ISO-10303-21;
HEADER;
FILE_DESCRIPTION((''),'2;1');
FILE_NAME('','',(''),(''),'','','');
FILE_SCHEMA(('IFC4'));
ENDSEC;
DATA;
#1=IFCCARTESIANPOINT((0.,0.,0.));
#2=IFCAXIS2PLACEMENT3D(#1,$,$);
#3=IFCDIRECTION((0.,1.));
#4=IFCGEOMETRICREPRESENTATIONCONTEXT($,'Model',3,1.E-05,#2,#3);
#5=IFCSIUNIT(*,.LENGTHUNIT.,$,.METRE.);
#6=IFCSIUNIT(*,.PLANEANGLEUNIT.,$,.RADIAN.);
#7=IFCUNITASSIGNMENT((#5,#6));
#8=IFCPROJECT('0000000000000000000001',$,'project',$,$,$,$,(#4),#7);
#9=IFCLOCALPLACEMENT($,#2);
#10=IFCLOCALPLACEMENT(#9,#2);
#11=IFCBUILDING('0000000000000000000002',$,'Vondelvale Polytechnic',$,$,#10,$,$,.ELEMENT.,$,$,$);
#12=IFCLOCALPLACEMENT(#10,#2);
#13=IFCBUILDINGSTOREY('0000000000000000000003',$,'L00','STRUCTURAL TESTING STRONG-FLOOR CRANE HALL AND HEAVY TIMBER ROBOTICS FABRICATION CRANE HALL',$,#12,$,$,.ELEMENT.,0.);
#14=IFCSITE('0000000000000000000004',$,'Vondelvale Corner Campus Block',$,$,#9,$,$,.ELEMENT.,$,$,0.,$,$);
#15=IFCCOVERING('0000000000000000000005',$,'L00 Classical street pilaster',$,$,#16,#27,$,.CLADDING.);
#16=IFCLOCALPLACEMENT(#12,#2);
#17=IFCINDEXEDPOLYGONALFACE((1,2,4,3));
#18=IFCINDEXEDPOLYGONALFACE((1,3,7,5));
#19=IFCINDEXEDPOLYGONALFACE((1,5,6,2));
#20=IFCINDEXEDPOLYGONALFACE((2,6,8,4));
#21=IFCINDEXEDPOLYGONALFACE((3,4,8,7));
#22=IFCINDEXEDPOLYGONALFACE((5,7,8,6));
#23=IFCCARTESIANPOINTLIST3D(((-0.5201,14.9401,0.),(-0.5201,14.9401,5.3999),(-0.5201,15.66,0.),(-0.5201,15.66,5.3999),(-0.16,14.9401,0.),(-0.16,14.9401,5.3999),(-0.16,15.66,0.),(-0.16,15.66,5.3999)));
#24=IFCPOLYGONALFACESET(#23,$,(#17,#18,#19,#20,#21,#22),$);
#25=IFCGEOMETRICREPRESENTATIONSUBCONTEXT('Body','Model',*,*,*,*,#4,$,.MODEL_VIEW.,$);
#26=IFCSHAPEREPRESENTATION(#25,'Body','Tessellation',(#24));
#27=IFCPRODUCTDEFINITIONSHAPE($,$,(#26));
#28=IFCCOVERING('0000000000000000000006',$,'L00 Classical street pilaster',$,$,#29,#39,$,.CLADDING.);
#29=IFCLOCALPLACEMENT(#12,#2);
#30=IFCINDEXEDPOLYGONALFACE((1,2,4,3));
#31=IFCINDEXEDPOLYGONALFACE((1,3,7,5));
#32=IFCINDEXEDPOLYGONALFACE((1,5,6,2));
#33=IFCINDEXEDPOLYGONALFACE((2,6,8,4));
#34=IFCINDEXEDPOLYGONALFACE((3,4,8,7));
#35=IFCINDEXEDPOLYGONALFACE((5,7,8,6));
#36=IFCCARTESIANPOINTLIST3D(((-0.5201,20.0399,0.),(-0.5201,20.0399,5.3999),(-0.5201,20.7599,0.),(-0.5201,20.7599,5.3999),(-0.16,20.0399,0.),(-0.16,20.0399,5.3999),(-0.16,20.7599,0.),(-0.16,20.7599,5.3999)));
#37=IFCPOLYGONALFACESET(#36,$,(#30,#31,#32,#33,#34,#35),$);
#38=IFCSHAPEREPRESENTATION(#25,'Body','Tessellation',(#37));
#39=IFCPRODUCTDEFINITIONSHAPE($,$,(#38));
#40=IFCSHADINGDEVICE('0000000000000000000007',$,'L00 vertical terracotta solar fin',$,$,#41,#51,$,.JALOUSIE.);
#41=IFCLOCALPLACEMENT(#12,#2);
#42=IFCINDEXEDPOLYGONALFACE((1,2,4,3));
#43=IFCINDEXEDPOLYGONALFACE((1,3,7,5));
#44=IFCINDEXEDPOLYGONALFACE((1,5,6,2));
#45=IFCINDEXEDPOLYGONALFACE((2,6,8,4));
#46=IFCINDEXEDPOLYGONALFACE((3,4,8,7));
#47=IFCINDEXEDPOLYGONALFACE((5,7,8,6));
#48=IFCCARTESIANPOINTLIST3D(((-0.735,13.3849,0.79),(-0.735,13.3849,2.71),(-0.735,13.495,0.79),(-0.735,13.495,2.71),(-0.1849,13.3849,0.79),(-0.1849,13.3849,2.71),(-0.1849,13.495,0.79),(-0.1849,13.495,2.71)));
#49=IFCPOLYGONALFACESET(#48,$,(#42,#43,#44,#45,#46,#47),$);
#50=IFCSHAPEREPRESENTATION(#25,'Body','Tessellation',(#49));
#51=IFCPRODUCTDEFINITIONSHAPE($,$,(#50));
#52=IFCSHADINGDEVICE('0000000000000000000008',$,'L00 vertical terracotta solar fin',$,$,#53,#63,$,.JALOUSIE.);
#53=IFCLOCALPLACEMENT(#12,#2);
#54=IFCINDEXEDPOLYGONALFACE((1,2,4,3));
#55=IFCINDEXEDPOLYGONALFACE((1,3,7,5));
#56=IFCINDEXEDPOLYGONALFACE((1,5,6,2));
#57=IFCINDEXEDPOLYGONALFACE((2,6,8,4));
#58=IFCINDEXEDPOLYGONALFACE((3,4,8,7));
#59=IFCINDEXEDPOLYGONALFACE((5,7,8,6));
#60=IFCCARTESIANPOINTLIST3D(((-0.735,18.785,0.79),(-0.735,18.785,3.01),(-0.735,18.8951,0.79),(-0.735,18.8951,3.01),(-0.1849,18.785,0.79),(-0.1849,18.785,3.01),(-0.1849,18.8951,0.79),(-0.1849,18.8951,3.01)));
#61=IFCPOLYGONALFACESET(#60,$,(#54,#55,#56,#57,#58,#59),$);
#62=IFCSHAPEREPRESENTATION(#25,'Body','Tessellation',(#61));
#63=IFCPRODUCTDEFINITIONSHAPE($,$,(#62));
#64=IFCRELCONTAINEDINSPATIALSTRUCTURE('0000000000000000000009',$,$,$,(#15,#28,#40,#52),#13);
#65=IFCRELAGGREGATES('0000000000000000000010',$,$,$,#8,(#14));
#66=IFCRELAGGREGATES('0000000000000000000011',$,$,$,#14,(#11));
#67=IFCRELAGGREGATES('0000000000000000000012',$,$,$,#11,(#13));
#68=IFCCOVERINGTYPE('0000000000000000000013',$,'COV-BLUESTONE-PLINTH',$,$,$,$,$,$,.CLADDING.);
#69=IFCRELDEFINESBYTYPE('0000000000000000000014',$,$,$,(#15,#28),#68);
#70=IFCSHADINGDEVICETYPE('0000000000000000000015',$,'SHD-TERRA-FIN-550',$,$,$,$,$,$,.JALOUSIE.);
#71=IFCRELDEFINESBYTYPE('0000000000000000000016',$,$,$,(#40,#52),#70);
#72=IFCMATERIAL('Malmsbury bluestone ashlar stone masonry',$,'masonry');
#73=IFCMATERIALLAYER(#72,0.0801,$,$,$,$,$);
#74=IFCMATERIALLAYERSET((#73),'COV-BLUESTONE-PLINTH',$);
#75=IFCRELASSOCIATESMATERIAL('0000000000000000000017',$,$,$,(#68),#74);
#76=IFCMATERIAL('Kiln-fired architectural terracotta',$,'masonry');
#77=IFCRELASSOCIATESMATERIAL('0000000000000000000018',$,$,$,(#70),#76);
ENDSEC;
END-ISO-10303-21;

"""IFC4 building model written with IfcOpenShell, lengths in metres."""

from ifc_helpers import new_model, si_unit, direction, frame, origin, origin_2d, place, context, subcontext, project, spatial, rectangle, extrude, material, layer, layer_set, type_object, element, save


model = new_model("IFC4")

# Units and contexts
model_context = context("Model", 3, precision=1e-05, world=origin(), true_north=direction((0.0, 1.0)))
body_context = subcontext(model_context, "Body", "Model", "MODEL_VIEW")
ifc_project = project(units=[si_unit("LENGTHUNIT", "METRE"), si_unit("PLANEANGLEUNIT", "RADIAN")], contexts=[model_context])

# Site, building, storey
site_placement = place(None, origin())
site = spatial("IfcSite", under=ifc_project, at=site_placement, Name="Vondelvale Corner Campus Block", CompositionType="ELEMENT", RefElevation=0.0)
building_placement = place(site_placement, origin())
building = spatial("IfcBuilding", under=site, at=building_placement, Name="Vondelvale Polytechnic", CompositionType="ELEMENT")
storey_placement = place(building_placement, origin())
storey = spatial("IfcBuildingStorey", under=building, at=storey_placement, Name="L00", Description="STRUCTURAL TESTING STRONG-FLOOR CRANE HALL AND HEAVY TIMBER ROBOTICS FABRICATION CRANE HALL", CompositionType="ELEMENT", Elevation=0.0)

# Shared definitions
ifc_material_1 = material(Name="Malmsbury bluestone ashlar stone masonry", Category="masonry")

# Coverings
ifc_layer_1 = layer(ifc_material_1, 0.0801)
ifc_layer_set_1 = layer_set([ifc_layer_1], Name="COV-BLUESTONE-PLINTH")
covering_type = type_object("IfcCoveringType", Name="COV-BLUESTONE-PLINTH", PredefinedType="CLADDING", material=ifc_layer_set_1)
for number, where, z_axis, x_axis, name in (
    (1, (-0.3401, 15.3, 0.0), (0.0, 0.0, 1.0), (1.0, 0.0, 0.0), "L00 Classical street pilaster"),
    (2, (-0.3401, 20.3999, 0.0), (0.0, 0.0, 1.0), (1.0, 0.0, 0.0), "L00 Classical street pilaster"),
):
    element("IfcCovering", number, at=place(storey_placement, frame(where, z_axis=z_axis, x_axis=x_axis)), inside=storey, type_object=covering_type, Name=name, PredefinedType="CLADDING", context=body_context, shape_type="SweptSolid", body=[
        extrude(rectangle(XDim=0.3601, YDim=0.72, at=origin_2d()), origin(), (0.0, 0.0, 1.0), 5.3999),
    ])

# Shading devices
ifc_material_2 = material(Name="Kiln-fired architectural terracotta", Category="masonry")
shading_device_type = type_object("IfcShadingDeviceType", Name="SHD-TERRA-FIN-550", PredefinedType="JALOUSIE", material=ifc_material_2)
shading_device_1_placement = place(storey_placement, frame((-0.46, 13.4399, 0.79), z_axis=(0.0, 0.0, 1.0), x_axis=(0.0, 1.0, 0.0)))
element("IfcShadingDevice", 3, at=shading_device_1_placement, inside=storey, type_object=shading_device_type, Name="L00 vertical terracotta solar fin", PredefinedType="JALOUSIE", context=body_context, shape_type="SweptSolid", body=[
    extrude(rectangle(XDim=0.1101, YDim=0.55, at=origin_2d()), origin(), (0.0, 0.0, 1.0), 1.9199),
])
shading_device_2_placement = place(storey_placement, frame((-0.46, 18.8401, 0.79), z_axis=(0.0, 0.0, 1.0), x_axis=(0.0, 1.0, 0.0)))
element("IfcShadingDevice", 4, at=shading_device_2_placement, inside=storey, type_object=shading_device_type, Name="L00 vertical terracotta solar fin", PredefinedType="JALOUSIE", context=body_context, shape_type="SweptSolid", body=[
    extrude(rectangle(XDim=0.1101, YDim=0.55, at=origin_2d()), origin(), (0.0, 0.0, 1.0), 2.22),
])

save(model, "model.ifc")
